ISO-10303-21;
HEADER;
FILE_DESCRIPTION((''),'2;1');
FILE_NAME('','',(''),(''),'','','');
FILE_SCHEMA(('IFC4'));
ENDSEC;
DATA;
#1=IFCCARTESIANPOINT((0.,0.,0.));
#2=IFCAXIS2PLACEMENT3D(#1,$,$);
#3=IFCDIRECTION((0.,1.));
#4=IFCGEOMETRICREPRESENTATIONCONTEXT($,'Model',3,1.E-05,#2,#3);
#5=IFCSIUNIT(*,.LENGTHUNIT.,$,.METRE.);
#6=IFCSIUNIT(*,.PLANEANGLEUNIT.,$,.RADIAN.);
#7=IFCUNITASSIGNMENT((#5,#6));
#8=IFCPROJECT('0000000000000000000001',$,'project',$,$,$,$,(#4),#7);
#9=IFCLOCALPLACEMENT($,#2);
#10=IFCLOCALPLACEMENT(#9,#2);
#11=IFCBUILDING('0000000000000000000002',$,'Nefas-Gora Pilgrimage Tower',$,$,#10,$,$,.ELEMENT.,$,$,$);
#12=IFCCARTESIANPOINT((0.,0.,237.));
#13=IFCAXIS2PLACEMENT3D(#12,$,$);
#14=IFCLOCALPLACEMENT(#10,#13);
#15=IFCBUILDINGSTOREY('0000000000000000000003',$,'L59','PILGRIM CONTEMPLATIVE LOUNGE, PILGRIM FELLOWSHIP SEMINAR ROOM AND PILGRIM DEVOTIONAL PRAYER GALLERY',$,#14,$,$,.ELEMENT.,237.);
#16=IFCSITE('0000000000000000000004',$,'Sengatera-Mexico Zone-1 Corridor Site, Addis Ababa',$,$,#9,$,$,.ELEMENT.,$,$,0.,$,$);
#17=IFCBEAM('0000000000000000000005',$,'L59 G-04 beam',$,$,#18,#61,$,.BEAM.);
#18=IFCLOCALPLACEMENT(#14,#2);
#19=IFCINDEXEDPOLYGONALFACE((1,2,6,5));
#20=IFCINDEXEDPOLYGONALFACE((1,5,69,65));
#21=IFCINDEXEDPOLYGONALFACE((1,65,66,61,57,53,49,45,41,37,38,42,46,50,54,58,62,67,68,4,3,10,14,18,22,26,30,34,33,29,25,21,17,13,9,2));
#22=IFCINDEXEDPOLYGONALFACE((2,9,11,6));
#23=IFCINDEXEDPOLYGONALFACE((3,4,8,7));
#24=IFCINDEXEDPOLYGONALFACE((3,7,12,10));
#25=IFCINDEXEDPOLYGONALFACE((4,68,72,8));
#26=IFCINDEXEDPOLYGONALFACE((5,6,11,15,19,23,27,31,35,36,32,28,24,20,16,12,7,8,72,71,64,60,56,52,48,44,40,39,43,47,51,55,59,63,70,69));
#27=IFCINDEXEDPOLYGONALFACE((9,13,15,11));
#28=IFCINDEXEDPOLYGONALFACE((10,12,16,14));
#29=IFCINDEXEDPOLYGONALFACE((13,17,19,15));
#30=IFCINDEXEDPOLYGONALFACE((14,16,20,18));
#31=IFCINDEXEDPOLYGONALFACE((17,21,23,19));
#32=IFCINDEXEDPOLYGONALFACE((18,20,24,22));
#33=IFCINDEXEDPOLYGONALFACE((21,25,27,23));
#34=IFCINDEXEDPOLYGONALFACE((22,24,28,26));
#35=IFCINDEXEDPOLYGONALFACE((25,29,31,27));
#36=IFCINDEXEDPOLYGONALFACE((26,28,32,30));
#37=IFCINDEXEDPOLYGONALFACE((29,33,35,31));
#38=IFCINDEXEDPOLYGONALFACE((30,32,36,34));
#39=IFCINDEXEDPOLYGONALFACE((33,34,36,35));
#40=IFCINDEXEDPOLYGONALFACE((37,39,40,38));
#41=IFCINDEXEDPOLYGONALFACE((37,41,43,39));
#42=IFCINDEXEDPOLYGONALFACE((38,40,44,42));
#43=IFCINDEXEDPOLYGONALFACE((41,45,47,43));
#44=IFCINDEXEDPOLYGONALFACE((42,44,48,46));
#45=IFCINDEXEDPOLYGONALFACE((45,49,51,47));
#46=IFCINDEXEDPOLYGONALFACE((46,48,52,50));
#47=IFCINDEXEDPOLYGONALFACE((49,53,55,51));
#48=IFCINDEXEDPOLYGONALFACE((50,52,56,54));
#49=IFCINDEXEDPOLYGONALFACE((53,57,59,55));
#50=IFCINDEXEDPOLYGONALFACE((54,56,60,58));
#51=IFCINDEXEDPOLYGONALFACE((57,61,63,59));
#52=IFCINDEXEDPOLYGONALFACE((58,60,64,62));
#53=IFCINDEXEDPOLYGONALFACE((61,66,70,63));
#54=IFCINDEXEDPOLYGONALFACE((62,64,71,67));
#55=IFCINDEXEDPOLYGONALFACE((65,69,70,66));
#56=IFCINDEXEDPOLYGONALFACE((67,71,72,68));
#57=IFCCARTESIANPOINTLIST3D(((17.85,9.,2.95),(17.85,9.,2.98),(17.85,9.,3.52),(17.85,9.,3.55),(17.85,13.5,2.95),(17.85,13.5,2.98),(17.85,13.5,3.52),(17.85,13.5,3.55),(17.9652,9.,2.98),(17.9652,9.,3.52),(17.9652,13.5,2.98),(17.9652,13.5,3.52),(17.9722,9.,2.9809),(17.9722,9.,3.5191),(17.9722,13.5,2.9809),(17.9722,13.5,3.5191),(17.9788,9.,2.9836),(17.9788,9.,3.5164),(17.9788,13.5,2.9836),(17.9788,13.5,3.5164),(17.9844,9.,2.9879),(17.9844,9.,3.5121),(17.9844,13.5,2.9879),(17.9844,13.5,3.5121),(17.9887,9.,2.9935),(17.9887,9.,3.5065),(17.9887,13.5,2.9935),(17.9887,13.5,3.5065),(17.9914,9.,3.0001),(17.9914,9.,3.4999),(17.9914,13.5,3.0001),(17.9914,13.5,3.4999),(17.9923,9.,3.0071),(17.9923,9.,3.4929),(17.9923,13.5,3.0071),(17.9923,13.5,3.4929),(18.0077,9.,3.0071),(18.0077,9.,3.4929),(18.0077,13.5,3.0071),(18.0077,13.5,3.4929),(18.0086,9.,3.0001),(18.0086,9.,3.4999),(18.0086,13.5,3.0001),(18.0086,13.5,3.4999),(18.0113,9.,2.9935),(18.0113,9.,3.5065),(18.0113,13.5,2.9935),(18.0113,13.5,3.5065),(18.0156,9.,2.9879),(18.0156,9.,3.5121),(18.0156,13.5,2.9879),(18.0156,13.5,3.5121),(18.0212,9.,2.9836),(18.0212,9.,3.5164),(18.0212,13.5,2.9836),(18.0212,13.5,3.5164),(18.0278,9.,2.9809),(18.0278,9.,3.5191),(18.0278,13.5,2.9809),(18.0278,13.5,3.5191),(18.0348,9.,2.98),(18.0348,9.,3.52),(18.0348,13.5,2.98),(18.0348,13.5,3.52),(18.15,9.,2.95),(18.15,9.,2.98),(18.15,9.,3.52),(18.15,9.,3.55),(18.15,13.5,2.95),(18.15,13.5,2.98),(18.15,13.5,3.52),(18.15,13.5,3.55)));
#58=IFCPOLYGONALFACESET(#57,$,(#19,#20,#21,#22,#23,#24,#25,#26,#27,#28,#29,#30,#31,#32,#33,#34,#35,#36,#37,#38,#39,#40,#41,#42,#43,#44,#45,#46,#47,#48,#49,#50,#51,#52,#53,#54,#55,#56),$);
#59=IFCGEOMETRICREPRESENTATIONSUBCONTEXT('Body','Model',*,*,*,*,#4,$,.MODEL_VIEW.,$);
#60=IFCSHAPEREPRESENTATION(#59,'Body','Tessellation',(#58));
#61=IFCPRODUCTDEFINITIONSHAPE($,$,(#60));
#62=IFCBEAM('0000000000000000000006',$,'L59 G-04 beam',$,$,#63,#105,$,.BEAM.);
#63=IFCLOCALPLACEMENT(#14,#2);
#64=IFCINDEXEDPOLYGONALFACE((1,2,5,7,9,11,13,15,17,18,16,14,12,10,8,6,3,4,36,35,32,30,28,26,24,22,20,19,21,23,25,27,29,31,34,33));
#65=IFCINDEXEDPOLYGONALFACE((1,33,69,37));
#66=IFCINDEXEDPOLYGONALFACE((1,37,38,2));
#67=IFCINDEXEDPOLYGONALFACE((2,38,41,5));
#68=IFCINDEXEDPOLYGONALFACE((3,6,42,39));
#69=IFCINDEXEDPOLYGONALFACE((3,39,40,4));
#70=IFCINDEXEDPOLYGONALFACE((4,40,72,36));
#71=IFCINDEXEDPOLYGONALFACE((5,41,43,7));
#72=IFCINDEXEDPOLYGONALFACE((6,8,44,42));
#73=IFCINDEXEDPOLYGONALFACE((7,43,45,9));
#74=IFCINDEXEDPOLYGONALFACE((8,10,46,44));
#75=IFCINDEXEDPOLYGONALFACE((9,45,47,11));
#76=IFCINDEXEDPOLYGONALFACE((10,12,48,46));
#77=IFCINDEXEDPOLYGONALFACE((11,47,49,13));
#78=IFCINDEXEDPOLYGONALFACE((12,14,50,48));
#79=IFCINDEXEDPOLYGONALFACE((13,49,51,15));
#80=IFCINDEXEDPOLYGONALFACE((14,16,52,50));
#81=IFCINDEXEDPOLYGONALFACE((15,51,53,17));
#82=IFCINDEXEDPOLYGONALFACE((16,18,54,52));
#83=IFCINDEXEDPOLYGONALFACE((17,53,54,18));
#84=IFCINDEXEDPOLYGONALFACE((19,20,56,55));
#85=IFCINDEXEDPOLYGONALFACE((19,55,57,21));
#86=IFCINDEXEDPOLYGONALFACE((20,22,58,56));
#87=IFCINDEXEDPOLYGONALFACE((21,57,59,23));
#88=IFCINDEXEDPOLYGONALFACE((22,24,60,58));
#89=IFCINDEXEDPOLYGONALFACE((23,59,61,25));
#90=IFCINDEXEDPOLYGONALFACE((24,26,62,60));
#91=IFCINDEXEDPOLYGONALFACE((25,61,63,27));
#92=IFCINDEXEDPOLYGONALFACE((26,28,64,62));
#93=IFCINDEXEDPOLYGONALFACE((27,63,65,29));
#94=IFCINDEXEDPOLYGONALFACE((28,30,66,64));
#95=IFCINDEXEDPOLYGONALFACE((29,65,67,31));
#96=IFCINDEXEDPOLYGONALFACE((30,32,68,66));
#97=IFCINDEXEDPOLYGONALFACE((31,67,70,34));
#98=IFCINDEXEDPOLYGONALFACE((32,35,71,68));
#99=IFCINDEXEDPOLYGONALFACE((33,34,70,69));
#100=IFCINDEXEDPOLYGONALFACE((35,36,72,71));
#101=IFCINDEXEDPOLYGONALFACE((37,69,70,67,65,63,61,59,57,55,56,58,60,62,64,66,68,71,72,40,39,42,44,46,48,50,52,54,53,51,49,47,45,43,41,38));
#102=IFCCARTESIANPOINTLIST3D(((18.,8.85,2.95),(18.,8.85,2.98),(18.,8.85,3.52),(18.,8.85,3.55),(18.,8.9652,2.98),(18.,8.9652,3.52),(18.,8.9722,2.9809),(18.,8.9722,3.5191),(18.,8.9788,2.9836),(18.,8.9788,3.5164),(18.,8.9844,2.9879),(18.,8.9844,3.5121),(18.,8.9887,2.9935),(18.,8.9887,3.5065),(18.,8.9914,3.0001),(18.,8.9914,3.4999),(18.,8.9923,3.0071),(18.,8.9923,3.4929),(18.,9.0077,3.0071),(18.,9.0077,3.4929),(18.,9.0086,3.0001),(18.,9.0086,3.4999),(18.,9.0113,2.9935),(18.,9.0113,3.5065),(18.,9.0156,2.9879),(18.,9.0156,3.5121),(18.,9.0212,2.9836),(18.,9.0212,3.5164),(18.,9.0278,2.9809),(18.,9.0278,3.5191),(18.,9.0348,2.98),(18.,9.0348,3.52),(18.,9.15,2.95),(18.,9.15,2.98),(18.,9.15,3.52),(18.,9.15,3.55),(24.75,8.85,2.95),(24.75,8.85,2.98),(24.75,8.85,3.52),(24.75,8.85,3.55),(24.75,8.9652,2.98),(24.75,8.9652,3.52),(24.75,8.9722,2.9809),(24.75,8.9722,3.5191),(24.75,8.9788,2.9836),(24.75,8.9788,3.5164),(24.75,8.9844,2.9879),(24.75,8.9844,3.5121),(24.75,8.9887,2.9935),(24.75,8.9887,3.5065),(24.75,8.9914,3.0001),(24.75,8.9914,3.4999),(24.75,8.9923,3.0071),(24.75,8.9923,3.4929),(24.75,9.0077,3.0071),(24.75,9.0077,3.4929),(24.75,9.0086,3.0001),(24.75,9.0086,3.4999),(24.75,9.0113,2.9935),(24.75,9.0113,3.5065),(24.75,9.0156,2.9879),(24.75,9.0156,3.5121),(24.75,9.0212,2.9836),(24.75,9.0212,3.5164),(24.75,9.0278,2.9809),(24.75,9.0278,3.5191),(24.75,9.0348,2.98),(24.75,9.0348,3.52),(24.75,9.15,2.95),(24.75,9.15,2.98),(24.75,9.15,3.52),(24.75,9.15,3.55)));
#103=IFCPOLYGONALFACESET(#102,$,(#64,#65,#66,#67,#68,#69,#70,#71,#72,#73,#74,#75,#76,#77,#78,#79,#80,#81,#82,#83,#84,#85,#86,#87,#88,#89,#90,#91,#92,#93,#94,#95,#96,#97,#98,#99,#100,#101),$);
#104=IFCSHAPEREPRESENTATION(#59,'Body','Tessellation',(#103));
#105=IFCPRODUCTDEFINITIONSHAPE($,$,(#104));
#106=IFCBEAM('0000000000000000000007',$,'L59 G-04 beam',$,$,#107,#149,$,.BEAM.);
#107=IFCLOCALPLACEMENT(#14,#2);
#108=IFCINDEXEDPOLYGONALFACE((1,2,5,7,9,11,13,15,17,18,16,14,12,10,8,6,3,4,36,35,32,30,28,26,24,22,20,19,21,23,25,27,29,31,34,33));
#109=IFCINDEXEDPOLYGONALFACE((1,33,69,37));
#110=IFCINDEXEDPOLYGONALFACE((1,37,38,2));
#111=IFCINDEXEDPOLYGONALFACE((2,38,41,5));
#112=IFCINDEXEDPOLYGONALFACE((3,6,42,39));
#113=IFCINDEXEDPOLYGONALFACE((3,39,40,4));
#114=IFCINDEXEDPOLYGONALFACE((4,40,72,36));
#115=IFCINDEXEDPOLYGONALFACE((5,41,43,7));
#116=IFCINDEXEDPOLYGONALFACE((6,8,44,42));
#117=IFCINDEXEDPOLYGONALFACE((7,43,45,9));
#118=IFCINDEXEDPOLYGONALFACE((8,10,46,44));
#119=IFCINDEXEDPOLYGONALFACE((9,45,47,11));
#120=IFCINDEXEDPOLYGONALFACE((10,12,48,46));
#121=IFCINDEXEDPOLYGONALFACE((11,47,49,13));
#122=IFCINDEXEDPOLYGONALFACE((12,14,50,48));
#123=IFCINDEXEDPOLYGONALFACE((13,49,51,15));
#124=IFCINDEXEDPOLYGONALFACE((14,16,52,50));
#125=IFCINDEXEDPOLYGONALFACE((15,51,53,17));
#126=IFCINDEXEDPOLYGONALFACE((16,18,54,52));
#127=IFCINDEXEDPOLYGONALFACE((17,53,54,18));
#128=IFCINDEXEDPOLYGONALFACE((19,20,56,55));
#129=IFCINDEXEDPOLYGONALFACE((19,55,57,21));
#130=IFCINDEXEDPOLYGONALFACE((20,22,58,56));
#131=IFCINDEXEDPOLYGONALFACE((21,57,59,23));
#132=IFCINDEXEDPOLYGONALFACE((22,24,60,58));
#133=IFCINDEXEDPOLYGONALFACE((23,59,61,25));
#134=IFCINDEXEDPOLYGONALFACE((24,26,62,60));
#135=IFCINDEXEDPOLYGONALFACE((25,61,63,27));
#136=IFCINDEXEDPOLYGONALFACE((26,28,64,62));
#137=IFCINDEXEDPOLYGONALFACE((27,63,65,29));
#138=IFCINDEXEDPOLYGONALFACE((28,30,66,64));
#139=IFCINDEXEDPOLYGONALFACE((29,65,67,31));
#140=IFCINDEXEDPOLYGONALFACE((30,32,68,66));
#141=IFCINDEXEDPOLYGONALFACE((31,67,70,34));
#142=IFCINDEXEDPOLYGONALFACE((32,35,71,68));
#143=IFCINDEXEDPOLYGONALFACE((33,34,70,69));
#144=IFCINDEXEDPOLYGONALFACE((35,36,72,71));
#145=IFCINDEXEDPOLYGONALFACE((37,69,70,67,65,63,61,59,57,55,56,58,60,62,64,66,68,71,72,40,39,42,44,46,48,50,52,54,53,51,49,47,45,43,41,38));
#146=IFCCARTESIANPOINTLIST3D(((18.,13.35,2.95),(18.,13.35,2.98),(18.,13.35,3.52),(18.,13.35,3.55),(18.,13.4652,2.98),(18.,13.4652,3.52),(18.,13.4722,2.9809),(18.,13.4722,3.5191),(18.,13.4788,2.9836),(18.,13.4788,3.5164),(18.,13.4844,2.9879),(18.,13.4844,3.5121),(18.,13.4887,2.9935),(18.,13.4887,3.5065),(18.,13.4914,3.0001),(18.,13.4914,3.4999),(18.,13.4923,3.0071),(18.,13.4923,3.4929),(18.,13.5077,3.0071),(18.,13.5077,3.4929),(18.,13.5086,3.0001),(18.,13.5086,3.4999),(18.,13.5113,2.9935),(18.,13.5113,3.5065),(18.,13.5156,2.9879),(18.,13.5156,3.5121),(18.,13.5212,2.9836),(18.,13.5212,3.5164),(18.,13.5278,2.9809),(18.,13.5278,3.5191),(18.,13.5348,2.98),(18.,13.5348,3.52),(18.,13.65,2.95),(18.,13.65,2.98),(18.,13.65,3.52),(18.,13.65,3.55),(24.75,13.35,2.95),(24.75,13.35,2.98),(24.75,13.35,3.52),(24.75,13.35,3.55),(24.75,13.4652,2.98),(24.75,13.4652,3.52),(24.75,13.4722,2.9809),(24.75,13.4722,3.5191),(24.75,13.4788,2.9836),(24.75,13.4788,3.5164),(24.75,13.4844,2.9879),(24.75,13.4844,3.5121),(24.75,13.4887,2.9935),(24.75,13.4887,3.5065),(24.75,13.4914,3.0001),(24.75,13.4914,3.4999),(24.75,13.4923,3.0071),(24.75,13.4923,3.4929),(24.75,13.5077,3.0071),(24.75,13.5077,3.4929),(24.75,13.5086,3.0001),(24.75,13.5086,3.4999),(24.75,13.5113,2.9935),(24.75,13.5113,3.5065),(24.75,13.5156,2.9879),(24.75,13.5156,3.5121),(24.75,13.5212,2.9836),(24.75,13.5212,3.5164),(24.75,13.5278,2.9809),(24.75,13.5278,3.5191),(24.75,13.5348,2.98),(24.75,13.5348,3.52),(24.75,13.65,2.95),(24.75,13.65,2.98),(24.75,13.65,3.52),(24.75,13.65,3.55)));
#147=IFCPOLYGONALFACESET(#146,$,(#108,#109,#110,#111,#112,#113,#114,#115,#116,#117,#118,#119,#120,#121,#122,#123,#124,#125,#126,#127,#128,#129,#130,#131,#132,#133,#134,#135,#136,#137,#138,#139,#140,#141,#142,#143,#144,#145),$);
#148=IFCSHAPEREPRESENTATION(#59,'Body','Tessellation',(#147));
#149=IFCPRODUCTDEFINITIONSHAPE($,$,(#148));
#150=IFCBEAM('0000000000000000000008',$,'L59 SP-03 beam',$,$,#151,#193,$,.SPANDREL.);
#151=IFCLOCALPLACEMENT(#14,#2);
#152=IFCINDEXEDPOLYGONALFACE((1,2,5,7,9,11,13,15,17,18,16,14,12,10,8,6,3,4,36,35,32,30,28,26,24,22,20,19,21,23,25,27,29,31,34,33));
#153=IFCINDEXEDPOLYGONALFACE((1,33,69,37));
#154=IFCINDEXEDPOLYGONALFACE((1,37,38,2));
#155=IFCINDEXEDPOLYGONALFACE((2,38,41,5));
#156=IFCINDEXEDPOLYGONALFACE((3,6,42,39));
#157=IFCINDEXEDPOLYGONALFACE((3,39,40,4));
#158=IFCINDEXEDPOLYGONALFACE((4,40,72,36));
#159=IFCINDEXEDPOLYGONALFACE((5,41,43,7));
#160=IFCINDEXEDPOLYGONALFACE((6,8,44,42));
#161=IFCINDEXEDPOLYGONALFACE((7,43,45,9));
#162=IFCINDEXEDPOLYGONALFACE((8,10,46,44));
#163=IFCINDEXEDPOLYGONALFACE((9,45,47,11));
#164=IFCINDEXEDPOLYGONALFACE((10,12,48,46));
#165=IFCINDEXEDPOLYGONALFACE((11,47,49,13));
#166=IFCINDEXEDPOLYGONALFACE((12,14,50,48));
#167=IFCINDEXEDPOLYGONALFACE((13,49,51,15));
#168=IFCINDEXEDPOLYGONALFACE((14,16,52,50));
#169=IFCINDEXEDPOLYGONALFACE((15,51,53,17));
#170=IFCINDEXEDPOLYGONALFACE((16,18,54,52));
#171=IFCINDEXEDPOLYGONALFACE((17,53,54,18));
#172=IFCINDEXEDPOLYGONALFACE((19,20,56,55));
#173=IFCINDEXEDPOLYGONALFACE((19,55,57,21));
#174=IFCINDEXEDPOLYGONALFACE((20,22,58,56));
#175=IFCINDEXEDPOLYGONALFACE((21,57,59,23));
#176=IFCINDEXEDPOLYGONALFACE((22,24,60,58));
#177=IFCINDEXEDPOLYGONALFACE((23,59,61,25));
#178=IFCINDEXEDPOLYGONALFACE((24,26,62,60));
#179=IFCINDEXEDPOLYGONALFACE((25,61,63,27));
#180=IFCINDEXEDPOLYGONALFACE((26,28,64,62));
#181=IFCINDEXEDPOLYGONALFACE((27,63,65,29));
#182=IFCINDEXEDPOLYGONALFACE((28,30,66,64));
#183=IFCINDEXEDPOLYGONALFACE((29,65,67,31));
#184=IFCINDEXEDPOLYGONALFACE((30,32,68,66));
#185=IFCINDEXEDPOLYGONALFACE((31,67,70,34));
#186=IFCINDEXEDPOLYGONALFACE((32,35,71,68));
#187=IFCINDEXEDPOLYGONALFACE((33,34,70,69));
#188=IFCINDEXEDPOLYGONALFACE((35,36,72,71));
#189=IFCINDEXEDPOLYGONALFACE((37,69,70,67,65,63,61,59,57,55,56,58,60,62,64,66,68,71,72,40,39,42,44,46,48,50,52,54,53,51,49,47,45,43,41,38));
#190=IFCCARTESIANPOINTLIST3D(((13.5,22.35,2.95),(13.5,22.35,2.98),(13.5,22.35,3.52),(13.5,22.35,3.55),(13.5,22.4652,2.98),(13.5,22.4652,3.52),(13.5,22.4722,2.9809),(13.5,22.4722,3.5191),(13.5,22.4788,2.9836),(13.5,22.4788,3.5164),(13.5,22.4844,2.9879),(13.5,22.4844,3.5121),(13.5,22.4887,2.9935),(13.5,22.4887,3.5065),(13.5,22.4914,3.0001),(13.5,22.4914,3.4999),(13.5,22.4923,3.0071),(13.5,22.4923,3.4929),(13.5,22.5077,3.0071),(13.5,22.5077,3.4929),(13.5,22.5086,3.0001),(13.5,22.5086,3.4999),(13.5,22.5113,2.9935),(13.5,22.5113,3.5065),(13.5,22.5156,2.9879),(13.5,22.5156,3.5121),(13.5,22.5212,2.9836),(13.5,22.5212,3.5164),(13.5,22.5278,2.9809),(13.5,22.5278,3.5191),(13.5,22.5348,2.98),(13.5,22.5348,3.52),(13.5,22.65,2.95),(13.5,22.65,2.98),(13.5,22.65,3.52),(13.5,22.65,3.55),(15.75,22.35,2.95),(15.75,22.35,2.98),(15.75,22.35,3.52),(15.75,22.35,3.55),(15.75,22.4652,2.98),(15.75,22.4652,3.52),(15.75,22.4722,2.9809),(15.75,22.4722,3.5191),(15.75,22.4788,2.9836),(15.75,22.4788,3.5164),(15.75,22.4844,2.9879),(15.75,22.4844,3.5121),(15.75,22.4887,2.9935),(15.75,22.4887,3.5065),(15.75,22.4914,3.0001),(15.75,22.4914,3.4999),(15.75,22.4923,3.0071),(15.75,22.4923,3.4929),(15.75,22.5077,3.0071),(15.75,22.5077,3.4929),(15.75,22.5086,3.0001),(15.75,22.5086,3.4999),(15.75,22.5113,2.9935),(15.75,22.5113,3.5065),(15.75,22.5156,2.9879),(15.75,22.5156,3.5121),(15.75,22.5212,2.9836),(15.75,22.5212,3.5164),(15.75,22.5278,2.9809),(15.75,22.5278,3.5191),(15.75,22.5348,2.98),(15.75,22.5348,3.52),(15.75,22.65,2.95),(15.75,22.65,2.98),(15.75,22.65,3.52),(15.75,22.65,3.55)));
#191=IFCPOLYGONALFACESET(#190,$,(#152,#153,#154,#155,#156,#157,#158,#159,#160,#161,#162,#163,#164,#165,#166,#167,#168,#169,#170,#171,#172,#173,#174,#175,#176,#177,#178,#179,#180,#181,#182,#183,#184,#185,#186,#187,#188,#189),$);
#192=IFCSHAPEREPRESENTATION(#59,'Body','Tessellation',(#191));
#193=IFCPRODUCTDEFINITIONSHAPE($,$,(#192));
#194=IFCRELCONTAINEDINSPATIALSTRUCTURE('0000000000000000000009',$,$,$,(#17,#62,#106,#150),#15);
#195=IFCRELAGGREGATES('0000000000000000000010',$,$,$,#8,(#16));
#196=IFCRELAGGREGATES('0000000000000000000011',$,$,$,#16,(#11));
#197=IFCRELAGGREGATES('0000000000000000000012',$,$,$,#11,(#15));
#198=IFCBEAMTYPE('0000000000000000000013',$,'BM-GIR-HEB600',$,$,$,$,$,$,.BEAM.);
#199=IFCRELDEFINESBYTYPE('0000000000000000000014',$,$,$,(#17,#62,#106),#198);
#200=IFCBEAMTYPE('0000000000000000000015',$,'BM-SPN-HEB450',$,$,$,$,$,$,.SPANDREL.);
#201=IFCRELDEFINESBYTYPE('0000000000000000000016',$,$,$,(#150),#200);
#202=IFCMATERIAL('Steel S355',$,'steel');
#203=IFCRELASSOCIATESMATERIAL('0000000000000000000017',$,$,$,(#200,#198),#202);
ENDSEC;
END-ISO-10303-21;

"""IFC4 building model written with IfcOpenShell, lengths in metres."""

from ifc_helpers import new_model, si_unit, direction, frame, origin, origin_2d, place, context, subcontext, project, spatial, i_section, extrude, source, transform, mapped, material, material_profile, profile_set, type_object, element, save


model = new_model("IFC4")

# Units and contexts
model_context = context("Model", 3, precision=1e-05, world=origin(), true_north=direction((0.0, 1.0)))
body_context = subcontext(model_context, "Body", "Model", "MODEL_VIEW")
ifc_project = project(units=[si_unit("LENGTHUNIT", "METRE"), si_unit("PLANEANGLEUNIT", "RADIAN")], contexts=[model_context])

# Site, building, storey
site_placement = place(None, origin())
site = spatial("IfcSite", under=ifc_project, at=site_placement, Name="Sengatera-Mexico Zone-1 Corridor Site, Addis Ababa", CompositionType="ELEMENT", RefElevation=0.0)
building_placement = place(site_placement, origin())
building = spatial("IfcBuilding", under=site, at=building_placement, Name="Nefas-Gora Pilgrimage Tower", CompositionType="ELEMENT")
storey_placement = place(building_placement, frame((0.0, 0.0, 237.0)))
storey = spatial("IfcBuildingStorey", under=building, at=storey_placement, Name="L59", Description="PILGRIM CONTEMPLATIVE LOUNGE, PILGRIM FELLOWSHIP SEMINAR ROOM AND PILGRIM DEVOTIONAL PRAYER GALLERY", CompositionType="ELEMENT", Elevation=237.0)

# Beams
ifc_material_1 = material(Name="Steel S355", Category="steel")
ifc_material_profile_1 = material_profile(ifc_material_1, i_section(OverallWidth=0.3, OverallDepth=0.6001, WebThickness=0.0154, FlangeThickness=0.03, FilletRadius=0.0271, at=origin_2d()), Name="HEB 600")
ifc_profile_set_1 = profile_set([ifc_material_profile_1], Name="Steel S355")
beam_type_1 = type_object("IfcBeamType", Name="BM-SPN-HEB450", PredefinedType="SPANDREL", material=ifc_profile_set_1)
ifc_material_profile_2 = material_profile(ifc_material_1, i_section(OverallWidth=0.3, OverallDepth=0.6001, WebThickness=0.0154, FlangeThickness=0.03, FilletRadius=0.0271, at=origin_2d()), Name="HEB 600")
ifc_profile_set_2 = profile_set([ifc_material_profile_2], Name="Steel S355")
beam_type_2 = type_object("IfcBeamType", Name="BM-GIR-HEB600", PredefinedType="BEAM", material=ifc_profile_set_2)
shared_shape_1 = source(origin(), body_context, "Body", "SweptSolid", [
    extrude(i_section(OverallWidth=0.3, OverallDepth=0.6001, WebThickness=0.0154, FlangeThickness=0.03, FilletRadius=0.0271, at=origin_2d()), origin(), (0.0, 0.0, 1.0), 4.5),
])
beam_1_placement = place(storey_placement, frame((18.0, 9.0, 3.25), z_axis=(0.0, 1.0, 0.0), x_axis=(-1.0, 0.0, 0.0)))
element("IfcBeam", 1, at=beam_1_placement, inside=storey, type_object=beam_type_2, Name="L59 G-04 beam", PredefinedType="BEAM", context=body_context, shape_type="MappedRepresentation", body=[
    mapped(shared_shape_1, transform((0.0, 0.0, 0.0), x_axis=(1.0, 0.0, 0.0), y_axis=(0.0, 1.0, 0.0), z_axis=(0.0, 0.0, 1.0), scale=1.0)),
])
shared_shape_2 = source(origin(), body_context, "Body", "SweptSolid", [
    extrude(i_section(OverallWidth=0.3, OverallDepth=0.6001, WebThickness=0.0154, FlangeThickness=0.03, FilletRadius=0.0271, at=origin_2d()), origin(), (0.0, 0.0, 1.0), 6.75),
])
for number, where, z_axis, x_axis, name in (
    (2, (18.0, 9.0, 3.25), (1.0, 0.0, 0.0), (0.0, 1.0, 0.0), "L59 G-04 beam"),
    (3, (18.0, 13.5, 3.25), (1.0, 0.0, 0.0), (0.0, 1.0, 0.0), "L59 G-04 beam"),
):
    element("IfcBeam", number, at=place(storey_placement, frame(where, z_axis=z_axis, x_axis=x_axis)), inside=storey, type_object=beam_type_2, Name=name, PredefinedType="BEAM", context=body_context, shape_type="MappedRepresentation", body=[
        mapped(shared_shape_2, transform((0.0, 0.0, 0.0), x_axis=(1.0, 0.0, 0.0), y_axis=(0.0, 1.0, 0.0), z_axis=(0.0, 0.0, 1.0), scale=1.0)),
    ])
shared_shape_3 = source(origin(), body_context, "Body", "SweptSolid", [
    extrude(i_section(OverallWidth=0.3, OverallDepth=0.6001, WebThickness=0.0154, FlangeThickness=0.03, FilletRadius=0.0271, at=origin_2d()), origin(), (0.0, 0.0, 1.0), 2.25),
])
beam_2_placement = place(storey_placement, frame((13.5, 22.5, 3.25), z_axis=(1.0, 0.0, 0.0), x_axis=(0.0, 1.0, 0.0)))
element("IfcBeam", 4, at=beam_2_placement, inside=storey, type_object=beam_type_1, Name="L59 SP-03 beam", PredefinedType="SPANDREL", context=body_context, shape_type="MappedRepresentation", body=[
    mapped(shared_shape_3, transform((0.0, 0.0, 0.0), x_axis=(1.0, 0.0, 0.0), y_axis=(0.0, 1.0, 0.0), z_axis=(0.0, 0.0, 1.0), scale=1.0)),
])

save(model, "model.ifc")
